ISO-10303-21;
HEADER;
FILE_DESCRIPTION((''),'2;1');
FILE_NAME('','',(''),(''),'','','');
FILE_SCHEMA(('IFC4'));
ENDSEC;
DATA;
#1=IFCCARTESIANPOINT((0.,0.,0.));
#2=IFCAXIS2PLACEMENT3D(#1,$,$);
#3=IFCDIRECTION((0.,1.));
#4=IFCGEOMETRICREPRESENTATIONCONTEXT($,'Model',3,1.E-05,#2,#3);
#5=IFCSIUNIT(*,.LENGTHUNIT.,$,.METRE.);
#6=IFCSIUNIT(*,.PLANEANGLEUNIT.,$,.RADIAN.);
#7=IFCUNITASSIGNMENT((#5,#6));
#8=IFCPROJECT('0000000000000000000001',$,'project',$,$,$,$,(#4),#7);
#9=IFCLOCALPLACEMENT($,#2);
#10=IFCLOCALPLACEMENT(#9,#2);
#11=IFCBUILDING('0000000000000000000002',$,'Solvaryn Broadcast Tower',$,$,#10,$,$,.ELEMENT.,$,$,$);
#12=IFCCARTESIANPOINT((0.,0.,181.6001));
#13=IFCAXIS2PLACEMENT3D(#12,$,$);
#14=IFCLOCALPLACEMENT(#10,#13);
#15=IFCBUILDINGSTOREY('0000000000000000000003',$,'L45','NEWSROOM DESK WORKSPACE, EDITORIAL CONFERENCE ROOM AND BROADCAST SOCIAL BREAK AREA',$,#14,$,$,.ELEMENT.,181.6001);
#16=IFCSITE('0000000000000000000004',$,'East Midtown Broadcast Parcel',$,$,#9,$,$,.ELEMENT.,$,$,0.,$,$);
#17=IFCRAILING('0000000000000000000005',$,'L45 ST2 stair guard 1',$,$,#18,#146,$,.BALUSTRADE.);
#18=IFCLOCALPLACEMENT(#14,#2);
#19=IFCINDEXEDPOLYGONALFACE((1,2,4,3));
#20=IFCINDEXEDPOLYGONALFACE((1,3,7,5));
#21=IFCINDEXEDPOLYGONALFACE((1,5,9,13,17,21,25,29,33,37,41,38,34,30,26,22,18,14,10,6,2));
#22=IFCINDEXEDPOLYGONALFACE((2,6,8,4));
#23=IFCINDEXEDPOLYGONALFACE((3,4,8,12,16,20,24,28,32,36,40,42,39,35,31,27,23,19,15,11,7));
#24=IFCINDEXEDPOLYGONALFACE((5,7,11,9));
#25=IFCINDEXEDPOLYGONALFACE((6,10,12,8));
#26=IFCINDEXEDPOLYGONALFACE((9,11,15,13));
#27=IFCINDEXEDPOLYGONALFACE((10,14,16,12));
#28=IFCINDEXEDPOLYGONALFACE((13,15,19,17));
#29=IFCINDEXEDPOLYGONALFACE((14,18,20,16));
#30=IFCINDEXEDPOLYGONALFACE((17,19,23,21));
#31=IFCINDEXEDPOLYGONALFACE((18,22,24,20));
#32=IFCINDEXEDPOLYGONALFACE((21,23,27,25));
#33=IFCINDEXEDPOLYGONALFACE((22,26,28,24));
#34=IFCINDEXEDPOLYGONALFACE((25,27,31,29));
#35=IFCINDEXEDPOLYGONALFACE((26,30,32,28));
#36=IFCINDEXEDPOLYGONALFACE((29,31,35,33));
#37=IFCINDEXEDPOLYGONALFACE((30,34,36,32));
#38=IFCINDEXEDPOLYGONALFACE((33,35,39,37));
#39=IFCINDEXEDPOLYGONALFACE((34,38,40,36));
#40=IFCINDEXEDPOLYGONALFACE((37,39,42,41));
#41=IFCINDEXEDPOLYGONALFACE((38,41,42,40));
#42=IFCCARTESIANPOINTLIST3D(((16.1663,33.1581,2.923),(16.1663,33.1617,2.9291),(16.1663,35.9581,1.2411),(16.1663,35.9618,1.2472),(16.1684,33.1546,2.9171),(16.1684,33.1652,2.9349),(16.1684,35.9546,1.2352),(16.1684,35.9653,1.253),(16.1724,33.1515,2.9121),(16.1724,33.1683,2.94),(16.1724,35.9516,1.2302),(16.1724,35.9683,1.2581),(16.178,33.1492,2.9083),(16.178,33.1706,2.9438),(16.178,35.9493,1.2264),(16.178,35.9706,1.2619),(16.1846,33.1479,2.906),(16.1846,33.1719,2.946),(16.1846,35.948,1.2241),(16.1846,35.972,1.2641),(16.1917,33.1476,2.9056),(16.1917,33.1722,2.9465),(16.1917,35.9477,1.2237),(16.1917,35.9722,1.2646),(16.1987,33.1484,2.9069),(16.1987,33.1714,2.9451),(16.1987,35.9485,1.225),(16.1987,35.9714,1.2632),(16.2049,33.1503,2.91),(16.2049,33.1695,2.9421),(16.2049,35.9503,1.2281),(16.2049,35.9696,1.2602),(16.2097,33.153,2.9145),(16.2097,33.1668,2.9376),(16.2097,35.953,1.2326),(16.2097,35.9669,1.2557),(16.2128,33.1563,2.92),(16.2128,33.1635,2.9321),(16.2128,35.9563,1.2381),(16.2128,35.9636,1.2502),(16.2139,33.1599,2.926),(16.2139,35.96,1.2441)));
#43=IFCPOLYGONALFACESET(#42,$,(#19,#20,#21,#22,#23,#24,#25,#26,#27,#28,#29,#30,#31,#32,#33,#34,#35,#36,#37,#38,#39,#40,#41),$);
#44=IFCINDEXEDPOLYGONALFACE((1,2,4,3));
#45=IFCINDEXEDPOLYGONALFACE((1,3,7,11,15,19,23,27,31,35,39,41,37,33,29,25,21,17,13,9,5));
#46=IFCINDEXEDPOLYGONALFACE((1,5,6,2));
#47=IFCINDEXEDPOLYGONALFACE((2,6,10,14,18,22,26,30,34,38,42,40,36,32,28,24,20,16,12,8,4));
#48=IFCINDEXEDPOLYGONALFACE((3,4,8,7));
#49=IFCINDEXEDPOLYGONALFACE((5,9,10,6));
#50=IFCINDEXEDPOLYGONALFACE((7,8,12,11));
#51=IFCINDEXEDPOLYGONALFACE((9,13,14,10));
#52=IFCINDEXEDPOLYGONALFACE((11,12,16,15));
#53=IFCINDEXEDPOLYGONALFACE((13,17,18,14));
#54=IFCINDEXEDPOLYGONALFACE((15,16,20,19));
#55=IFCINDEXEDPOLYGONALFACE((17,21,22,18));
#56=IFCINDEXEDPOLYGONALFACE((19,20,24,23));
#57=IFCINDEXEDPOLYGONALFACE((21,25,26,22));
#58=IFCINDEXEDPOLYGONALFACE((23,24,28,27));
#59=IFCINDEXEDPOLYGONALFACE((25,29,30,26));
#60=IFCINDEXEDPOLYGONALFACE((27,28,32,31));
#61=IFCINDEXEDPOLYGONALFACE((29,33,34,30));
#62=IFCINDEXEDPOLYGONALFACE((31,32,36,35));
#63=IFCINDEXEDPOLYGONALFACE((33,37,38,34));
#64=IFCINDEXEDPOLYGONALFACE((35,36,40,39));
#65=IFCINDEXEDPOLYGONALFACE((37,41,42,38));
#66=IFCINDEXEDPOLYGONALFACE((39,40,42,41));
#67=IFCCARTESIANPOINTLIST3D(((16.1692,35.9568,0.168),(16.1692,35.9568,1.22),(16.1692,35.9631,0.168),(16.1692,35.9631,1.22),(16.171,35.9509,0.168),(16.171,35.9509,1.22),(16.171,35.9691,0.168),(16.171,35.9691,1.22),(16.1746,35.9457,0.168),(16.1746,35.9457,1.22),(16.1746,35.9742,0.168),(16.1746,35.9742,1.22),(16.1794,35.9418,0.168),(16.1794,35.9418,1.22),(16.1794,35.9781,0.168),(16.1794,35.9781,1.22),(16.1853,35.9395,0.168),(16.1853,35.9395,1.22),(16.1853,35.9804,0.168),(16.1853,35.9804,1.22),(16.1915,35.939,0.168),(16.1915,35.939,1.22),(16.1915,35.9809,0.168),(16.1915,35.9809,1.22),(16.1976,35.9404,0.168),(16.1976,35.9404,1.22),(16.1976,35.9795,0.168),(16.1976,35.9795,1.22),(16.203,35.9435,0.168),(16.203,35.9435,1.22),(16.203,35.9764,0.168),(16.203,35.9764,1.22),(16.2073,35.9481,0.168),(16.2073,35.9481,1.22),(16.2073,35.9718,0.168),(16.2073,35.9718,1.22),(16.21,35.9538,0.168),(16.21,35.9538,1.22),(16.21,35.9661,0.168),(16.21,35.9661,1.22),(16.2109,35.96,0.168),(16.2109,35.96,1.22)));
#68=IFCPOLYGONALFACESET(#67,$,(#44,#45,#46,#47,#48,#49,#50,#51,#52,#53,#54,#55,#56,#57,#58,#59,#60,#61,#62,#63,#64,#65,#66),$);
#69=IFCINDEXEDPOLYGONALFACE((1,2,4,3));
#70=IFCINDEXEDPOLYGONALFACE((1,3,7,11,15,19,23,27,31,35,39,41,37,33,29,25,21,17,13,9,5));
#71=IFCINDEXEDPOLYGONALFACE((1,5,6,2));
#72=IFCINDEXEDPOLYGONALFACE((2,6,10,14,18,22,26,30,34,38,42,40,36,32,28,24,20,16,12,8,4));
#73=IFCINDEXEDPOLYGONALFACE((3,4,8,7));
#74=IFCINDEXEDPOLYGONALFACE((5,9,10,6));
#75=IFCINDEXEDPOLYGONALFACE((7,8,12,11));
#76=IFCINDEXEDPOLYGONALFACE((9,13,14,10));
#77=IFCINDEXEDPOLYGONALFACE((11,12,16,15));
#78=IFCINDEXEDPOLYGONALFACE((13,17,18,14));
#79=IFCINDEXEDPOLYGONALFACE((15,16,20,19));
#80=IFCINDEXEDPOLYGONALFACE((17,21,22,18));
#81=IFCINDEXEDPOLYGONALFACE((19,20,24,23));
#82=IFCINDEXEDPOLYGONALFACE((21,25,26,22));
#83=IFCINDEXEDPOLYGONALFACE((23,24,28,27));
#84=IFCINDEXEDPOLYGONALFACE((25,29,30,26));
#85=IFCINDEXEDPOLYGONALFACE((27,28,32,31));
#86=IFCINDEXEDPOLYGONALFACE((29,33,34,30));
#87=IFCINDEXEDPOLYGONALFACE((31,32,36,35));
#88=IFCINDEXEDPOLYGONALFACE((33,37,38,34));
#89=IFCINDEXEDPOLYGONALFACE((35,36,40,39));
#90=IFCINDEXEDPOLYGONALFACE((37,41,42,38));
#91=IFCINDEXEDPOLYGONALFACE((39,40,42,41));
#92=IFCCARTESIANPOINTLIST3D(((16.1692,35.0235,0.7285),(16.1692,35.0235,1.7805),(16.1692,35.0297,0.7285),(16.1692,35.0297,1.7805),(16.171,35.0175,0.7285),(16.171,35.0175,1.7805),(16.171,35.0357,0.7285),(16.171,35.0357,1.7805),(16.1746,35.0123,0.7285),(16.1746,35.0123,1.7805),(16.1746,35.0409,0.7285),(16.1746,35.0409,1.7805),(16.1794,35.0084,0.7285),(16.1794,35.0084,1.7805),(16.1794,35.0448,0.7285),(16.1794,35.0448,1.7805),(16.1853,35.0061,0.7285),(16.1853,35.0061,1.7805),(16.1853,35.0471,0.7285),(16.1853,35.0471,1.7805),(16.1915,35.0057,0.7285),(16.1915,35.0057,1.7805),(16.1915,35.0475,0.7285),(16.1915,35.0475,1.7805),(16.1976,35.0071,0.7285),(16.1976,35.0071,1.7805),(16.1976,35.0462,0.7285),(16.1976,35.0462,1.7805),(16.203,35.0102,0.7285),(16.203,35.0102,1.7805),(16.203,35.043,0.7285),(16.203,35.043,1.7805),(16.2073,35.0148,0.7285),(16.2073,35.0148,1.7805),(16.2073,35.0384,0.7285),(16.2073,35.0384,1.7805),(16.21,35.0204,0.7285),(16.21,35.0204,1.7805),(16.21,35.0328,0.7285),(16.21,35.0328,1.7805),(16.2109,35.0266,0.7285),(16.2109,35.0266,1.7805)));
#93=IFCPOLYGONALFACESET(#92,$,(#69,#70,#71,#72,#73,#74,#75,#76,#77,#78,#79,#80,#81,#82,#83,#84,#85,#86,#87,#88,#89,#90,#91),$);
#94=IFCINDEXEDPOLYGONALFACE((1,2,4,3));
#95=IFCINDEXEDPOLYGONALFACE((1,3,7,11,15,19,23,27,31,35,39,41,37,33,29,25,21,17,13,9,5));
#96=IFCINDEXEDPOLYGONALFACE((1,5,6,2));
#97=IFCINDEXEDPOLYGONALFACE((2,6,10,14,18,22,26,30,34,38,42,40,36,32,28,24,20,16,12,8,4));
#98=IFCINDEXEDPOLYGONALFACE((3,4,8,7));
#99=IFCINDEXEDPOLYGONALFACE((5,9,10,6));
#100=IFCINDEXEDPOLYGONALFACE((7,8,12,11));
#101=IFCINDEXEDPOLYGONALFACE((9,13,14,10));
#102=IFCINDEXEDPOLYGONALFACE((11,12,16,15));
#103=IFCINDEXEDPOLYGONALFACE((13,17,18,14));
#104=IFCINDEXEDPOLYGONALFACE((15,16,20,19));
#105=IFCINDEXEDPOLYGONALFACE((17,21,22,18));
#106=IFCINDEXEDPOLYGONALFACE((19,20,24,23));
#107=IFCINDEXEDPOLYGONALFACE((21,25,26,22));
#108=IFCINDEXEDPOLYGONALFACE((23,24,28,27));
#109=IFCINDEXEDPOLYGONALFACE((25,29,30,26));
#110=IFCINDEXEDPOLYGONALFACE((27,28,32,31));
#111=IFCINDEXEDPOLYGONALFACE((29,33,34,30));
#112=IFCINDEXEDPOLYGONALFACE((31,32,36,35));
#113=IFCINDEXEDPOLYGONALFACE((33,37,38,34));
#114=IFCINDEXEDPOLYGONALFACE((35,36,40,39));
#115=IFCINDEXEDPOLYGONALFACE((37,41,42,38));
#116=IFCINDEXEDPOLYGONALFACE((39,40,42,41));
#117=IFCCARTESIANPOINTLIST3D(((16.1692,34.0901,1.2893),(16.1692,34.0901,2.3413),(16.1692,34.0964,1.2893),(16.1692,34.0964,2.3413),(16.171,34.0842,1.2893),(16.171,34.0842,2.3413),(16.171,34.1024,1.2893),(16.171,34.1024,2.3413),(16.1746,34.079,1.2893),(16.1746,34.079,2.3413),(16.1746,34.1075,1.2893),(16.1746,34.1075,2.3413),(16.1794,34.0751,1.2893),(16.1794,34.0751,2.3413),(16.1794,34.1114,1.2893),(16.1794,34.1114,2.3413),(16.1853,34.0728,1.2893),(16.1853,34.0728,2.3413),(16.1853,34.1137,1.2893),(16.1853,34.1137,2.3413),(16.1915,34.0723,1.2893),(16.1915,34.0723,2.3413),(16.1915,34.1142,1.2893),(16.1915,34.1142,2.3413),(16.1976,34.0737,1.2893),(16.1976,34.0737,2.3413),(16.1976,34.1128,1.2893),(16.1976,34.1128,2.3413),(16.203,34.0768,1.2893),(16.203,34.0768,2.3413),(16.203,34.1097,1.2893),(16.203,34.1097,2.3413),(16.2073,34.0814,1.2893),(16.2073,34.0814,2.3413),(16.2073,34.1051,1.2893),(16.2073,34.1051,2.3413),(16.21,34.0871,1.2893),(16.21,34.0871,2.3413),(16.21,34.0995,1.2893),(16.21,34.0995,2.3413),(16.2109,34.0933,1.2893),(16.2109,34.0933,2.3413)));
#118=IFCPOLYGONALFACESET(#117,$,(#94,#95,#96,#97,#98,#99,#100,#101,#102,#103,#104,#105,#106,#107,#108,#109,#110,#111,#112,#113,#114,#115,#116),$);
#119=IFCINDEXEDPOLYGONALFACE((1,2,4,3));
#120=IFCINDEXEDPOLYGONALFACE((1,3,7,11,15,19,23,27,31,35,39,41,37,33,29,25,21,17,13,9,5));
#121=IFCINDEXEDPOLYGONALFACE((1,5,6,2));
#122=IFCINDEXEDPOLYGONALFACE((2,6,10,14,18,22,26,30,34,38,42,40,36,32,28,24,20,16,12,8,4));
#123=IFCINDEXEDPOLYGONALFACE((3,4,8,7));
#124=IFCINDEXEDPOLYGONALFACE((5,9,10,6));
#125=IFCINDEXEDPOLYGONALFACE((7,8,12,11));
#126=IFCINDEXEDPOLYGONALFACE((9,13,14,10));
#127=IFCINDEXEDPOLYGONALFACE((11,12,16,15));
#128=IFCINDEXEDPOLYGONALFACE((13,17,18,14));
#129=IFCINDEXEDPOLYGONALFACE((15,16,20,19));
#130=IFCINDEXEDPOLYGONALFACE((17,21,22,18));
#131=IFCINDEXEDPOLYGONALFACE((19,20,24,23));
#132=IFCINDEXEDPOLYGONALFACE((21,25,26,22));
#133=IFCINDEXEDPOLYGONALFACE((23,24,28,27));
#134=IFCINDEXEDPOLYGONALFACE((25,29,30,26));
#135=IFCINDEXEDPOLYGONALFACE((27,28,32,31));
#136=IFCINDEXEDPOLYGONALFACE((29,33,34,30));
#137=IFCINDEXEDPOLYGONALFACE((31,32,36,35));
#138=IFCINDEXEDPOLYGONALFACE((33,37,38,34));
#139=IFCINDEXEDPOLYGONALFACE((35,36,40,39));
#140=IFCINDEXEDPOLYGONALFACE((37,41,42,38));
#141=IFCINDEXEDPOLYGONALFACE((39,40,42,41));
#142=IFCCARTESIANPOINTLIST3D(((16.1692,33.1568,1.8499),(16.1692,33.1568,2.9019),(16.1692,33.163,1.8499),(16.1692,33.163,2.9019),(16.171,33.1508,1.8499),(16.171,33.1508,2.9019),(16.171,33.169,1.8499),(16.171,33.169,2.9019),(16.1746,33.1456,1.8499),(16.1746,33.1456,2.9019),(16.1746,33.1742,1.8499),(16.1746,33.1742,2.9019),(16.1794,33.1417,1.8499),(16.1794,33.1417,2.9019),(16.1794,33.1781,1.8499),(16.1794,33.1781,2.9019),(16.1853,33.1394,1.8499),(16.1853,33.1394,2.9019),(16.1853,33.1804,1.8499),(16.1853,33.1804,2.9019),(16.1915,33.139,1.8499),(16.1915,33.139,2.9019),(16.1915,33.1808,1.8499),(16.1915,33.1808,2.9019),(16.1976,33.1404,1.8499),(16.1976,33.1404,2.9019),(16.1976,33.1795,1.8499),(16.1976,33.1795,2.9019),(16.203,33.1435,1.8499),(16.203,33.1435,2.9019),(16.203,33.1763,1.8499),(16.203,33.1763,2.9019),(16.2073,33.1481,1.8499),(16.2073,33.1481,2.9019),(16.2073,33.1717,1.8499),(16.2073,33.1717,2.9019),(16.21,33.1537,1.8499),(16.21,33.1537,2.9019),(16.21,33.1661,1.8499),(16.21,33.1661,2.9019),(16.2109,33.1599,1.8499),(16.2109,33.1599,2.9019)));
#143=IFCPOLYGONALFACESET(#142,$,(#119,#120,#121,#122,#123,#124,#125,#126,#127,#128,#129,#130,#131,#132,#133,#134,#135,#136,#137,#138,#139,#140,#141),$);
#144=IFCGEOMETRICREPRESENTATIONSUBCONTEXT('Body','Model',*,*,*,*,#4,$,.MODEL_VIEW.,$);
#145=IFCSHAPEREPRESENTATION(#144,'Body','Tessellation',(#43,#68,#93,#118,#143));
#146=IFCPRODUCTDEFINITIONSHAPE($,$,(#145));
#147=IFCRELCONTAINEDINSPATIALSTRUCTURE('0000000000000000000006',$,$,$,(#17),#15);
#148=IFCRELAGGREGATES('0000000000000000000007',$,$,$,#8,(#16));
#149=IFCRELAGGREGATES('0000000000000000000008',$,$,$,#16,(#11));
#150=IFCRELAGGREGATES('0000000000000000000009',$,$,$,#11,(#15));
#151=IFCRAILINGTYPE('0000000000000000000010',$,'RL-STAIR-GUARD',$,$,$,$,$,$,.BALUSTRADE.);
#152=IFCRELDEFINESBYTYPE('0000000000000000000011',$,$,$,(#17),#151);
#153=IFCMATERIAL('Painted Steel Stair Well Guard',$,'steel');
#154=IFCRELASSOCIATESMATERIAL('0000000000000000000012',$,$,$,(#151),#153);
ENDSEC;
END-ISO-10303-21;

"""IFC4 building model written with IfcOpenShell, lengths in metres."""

from ifc_helpers import new_model, si_unit, direction, frame, origin, origin_2d, place, context, subcontext, project, spatial, circle, extrude, material, type_object, element, save


model = new_model("IFC4")

# Units and contexts
model_context = context("Model", 3, precision=1e-05, world=origin(), true_north=direction((0.0, 1.0)))
body_context = subcontext(model_context, "Body", "Model", "MODEL_VIEW")
ifc_project = project(units=[si_unit("LENGTHUNIT", "METRE"), si_unit("PLANEANGLEUNIT", "RADIAN")], contexts=[model_context])

# Site, building, storey
site_placement = place(None, origin())
site = spatial("IfcSite", under=ifc_project, at=site_placement, Name="East Midtown Broadcast Parcel", CompositionType="ELEMENT", RefElevation=0.0)
building_placement = place(site_placement, origin())
building = spatial("IfcBuilding", under=site, at=building_placement, Name="Solvaryn Broadcast Tower", CompositionType="ELEMENT")
storey_placement = place(building_placement, frame((0.0, 0.0, 181.6001)))
storey = spatial("IfcBuildingStorey", under=building, at=storey_placement, Name="L45", Description="NEWSROOM DESK WORKSPACE, EDITORIAL CONFERENCE ROOM AND BROADCAST SOCIAL BREAK AREA", CompositionType="ELEMENT", Elevation=181.6001)

# Railing
ifc_material_1 = material(Name="Painted Steel Stair Well Guard", Category="steel")
railing_type_1 = type_object("IfcRailingType", Name="RL-STAIR-GUARD", PredefinedType="BALUSTRADE", material=ifc_material_1)
railing_1_placement = place(storey_placement, frame((16.1899, 35.96, 0.168)))
element("IfcRailing", 1, at=railing_1_placement, inside=storey, type_object=railing_type_1, Name="L45 ST2 stair guard 1", PredefinedType="BALUSTRADE", context=body_context, shape_type="SweptSolid", body=[
    extrude(circle(Radius=0.0239, at=origin_2d()), frame((0.0, 0.0, 1.0762), z_axis=(0.0, -0.857242, 0.514913), x_axis=(1.0, 0.0, 0.0)), (0.0, 0.0, 1.0), 3.2664),
    extrude(circle(Radius=0.021, at=origin_2d()), origin(), (0.0, 0.0, 1.0), 1.052),
    extrude(circle(Radius=0.021, at=origin_2d()), frame((0.0, -0.9333, 0.5605)), (0.0, 0.0, 1.0), 1.052),
    extrude(circle(Radius=0.021, at=origin_2d()), frame((0.0, -1.8667, 1.1213)), (0.0, 0.0, 1.0), 1.052),
    extrude(circle(Radius=0.021, at=origin_2d()), frame((0.0, -2.8, 1.6819)), (0.0, 0.0, 1.0), 1.052),
])

save(model, "model.ifc")
